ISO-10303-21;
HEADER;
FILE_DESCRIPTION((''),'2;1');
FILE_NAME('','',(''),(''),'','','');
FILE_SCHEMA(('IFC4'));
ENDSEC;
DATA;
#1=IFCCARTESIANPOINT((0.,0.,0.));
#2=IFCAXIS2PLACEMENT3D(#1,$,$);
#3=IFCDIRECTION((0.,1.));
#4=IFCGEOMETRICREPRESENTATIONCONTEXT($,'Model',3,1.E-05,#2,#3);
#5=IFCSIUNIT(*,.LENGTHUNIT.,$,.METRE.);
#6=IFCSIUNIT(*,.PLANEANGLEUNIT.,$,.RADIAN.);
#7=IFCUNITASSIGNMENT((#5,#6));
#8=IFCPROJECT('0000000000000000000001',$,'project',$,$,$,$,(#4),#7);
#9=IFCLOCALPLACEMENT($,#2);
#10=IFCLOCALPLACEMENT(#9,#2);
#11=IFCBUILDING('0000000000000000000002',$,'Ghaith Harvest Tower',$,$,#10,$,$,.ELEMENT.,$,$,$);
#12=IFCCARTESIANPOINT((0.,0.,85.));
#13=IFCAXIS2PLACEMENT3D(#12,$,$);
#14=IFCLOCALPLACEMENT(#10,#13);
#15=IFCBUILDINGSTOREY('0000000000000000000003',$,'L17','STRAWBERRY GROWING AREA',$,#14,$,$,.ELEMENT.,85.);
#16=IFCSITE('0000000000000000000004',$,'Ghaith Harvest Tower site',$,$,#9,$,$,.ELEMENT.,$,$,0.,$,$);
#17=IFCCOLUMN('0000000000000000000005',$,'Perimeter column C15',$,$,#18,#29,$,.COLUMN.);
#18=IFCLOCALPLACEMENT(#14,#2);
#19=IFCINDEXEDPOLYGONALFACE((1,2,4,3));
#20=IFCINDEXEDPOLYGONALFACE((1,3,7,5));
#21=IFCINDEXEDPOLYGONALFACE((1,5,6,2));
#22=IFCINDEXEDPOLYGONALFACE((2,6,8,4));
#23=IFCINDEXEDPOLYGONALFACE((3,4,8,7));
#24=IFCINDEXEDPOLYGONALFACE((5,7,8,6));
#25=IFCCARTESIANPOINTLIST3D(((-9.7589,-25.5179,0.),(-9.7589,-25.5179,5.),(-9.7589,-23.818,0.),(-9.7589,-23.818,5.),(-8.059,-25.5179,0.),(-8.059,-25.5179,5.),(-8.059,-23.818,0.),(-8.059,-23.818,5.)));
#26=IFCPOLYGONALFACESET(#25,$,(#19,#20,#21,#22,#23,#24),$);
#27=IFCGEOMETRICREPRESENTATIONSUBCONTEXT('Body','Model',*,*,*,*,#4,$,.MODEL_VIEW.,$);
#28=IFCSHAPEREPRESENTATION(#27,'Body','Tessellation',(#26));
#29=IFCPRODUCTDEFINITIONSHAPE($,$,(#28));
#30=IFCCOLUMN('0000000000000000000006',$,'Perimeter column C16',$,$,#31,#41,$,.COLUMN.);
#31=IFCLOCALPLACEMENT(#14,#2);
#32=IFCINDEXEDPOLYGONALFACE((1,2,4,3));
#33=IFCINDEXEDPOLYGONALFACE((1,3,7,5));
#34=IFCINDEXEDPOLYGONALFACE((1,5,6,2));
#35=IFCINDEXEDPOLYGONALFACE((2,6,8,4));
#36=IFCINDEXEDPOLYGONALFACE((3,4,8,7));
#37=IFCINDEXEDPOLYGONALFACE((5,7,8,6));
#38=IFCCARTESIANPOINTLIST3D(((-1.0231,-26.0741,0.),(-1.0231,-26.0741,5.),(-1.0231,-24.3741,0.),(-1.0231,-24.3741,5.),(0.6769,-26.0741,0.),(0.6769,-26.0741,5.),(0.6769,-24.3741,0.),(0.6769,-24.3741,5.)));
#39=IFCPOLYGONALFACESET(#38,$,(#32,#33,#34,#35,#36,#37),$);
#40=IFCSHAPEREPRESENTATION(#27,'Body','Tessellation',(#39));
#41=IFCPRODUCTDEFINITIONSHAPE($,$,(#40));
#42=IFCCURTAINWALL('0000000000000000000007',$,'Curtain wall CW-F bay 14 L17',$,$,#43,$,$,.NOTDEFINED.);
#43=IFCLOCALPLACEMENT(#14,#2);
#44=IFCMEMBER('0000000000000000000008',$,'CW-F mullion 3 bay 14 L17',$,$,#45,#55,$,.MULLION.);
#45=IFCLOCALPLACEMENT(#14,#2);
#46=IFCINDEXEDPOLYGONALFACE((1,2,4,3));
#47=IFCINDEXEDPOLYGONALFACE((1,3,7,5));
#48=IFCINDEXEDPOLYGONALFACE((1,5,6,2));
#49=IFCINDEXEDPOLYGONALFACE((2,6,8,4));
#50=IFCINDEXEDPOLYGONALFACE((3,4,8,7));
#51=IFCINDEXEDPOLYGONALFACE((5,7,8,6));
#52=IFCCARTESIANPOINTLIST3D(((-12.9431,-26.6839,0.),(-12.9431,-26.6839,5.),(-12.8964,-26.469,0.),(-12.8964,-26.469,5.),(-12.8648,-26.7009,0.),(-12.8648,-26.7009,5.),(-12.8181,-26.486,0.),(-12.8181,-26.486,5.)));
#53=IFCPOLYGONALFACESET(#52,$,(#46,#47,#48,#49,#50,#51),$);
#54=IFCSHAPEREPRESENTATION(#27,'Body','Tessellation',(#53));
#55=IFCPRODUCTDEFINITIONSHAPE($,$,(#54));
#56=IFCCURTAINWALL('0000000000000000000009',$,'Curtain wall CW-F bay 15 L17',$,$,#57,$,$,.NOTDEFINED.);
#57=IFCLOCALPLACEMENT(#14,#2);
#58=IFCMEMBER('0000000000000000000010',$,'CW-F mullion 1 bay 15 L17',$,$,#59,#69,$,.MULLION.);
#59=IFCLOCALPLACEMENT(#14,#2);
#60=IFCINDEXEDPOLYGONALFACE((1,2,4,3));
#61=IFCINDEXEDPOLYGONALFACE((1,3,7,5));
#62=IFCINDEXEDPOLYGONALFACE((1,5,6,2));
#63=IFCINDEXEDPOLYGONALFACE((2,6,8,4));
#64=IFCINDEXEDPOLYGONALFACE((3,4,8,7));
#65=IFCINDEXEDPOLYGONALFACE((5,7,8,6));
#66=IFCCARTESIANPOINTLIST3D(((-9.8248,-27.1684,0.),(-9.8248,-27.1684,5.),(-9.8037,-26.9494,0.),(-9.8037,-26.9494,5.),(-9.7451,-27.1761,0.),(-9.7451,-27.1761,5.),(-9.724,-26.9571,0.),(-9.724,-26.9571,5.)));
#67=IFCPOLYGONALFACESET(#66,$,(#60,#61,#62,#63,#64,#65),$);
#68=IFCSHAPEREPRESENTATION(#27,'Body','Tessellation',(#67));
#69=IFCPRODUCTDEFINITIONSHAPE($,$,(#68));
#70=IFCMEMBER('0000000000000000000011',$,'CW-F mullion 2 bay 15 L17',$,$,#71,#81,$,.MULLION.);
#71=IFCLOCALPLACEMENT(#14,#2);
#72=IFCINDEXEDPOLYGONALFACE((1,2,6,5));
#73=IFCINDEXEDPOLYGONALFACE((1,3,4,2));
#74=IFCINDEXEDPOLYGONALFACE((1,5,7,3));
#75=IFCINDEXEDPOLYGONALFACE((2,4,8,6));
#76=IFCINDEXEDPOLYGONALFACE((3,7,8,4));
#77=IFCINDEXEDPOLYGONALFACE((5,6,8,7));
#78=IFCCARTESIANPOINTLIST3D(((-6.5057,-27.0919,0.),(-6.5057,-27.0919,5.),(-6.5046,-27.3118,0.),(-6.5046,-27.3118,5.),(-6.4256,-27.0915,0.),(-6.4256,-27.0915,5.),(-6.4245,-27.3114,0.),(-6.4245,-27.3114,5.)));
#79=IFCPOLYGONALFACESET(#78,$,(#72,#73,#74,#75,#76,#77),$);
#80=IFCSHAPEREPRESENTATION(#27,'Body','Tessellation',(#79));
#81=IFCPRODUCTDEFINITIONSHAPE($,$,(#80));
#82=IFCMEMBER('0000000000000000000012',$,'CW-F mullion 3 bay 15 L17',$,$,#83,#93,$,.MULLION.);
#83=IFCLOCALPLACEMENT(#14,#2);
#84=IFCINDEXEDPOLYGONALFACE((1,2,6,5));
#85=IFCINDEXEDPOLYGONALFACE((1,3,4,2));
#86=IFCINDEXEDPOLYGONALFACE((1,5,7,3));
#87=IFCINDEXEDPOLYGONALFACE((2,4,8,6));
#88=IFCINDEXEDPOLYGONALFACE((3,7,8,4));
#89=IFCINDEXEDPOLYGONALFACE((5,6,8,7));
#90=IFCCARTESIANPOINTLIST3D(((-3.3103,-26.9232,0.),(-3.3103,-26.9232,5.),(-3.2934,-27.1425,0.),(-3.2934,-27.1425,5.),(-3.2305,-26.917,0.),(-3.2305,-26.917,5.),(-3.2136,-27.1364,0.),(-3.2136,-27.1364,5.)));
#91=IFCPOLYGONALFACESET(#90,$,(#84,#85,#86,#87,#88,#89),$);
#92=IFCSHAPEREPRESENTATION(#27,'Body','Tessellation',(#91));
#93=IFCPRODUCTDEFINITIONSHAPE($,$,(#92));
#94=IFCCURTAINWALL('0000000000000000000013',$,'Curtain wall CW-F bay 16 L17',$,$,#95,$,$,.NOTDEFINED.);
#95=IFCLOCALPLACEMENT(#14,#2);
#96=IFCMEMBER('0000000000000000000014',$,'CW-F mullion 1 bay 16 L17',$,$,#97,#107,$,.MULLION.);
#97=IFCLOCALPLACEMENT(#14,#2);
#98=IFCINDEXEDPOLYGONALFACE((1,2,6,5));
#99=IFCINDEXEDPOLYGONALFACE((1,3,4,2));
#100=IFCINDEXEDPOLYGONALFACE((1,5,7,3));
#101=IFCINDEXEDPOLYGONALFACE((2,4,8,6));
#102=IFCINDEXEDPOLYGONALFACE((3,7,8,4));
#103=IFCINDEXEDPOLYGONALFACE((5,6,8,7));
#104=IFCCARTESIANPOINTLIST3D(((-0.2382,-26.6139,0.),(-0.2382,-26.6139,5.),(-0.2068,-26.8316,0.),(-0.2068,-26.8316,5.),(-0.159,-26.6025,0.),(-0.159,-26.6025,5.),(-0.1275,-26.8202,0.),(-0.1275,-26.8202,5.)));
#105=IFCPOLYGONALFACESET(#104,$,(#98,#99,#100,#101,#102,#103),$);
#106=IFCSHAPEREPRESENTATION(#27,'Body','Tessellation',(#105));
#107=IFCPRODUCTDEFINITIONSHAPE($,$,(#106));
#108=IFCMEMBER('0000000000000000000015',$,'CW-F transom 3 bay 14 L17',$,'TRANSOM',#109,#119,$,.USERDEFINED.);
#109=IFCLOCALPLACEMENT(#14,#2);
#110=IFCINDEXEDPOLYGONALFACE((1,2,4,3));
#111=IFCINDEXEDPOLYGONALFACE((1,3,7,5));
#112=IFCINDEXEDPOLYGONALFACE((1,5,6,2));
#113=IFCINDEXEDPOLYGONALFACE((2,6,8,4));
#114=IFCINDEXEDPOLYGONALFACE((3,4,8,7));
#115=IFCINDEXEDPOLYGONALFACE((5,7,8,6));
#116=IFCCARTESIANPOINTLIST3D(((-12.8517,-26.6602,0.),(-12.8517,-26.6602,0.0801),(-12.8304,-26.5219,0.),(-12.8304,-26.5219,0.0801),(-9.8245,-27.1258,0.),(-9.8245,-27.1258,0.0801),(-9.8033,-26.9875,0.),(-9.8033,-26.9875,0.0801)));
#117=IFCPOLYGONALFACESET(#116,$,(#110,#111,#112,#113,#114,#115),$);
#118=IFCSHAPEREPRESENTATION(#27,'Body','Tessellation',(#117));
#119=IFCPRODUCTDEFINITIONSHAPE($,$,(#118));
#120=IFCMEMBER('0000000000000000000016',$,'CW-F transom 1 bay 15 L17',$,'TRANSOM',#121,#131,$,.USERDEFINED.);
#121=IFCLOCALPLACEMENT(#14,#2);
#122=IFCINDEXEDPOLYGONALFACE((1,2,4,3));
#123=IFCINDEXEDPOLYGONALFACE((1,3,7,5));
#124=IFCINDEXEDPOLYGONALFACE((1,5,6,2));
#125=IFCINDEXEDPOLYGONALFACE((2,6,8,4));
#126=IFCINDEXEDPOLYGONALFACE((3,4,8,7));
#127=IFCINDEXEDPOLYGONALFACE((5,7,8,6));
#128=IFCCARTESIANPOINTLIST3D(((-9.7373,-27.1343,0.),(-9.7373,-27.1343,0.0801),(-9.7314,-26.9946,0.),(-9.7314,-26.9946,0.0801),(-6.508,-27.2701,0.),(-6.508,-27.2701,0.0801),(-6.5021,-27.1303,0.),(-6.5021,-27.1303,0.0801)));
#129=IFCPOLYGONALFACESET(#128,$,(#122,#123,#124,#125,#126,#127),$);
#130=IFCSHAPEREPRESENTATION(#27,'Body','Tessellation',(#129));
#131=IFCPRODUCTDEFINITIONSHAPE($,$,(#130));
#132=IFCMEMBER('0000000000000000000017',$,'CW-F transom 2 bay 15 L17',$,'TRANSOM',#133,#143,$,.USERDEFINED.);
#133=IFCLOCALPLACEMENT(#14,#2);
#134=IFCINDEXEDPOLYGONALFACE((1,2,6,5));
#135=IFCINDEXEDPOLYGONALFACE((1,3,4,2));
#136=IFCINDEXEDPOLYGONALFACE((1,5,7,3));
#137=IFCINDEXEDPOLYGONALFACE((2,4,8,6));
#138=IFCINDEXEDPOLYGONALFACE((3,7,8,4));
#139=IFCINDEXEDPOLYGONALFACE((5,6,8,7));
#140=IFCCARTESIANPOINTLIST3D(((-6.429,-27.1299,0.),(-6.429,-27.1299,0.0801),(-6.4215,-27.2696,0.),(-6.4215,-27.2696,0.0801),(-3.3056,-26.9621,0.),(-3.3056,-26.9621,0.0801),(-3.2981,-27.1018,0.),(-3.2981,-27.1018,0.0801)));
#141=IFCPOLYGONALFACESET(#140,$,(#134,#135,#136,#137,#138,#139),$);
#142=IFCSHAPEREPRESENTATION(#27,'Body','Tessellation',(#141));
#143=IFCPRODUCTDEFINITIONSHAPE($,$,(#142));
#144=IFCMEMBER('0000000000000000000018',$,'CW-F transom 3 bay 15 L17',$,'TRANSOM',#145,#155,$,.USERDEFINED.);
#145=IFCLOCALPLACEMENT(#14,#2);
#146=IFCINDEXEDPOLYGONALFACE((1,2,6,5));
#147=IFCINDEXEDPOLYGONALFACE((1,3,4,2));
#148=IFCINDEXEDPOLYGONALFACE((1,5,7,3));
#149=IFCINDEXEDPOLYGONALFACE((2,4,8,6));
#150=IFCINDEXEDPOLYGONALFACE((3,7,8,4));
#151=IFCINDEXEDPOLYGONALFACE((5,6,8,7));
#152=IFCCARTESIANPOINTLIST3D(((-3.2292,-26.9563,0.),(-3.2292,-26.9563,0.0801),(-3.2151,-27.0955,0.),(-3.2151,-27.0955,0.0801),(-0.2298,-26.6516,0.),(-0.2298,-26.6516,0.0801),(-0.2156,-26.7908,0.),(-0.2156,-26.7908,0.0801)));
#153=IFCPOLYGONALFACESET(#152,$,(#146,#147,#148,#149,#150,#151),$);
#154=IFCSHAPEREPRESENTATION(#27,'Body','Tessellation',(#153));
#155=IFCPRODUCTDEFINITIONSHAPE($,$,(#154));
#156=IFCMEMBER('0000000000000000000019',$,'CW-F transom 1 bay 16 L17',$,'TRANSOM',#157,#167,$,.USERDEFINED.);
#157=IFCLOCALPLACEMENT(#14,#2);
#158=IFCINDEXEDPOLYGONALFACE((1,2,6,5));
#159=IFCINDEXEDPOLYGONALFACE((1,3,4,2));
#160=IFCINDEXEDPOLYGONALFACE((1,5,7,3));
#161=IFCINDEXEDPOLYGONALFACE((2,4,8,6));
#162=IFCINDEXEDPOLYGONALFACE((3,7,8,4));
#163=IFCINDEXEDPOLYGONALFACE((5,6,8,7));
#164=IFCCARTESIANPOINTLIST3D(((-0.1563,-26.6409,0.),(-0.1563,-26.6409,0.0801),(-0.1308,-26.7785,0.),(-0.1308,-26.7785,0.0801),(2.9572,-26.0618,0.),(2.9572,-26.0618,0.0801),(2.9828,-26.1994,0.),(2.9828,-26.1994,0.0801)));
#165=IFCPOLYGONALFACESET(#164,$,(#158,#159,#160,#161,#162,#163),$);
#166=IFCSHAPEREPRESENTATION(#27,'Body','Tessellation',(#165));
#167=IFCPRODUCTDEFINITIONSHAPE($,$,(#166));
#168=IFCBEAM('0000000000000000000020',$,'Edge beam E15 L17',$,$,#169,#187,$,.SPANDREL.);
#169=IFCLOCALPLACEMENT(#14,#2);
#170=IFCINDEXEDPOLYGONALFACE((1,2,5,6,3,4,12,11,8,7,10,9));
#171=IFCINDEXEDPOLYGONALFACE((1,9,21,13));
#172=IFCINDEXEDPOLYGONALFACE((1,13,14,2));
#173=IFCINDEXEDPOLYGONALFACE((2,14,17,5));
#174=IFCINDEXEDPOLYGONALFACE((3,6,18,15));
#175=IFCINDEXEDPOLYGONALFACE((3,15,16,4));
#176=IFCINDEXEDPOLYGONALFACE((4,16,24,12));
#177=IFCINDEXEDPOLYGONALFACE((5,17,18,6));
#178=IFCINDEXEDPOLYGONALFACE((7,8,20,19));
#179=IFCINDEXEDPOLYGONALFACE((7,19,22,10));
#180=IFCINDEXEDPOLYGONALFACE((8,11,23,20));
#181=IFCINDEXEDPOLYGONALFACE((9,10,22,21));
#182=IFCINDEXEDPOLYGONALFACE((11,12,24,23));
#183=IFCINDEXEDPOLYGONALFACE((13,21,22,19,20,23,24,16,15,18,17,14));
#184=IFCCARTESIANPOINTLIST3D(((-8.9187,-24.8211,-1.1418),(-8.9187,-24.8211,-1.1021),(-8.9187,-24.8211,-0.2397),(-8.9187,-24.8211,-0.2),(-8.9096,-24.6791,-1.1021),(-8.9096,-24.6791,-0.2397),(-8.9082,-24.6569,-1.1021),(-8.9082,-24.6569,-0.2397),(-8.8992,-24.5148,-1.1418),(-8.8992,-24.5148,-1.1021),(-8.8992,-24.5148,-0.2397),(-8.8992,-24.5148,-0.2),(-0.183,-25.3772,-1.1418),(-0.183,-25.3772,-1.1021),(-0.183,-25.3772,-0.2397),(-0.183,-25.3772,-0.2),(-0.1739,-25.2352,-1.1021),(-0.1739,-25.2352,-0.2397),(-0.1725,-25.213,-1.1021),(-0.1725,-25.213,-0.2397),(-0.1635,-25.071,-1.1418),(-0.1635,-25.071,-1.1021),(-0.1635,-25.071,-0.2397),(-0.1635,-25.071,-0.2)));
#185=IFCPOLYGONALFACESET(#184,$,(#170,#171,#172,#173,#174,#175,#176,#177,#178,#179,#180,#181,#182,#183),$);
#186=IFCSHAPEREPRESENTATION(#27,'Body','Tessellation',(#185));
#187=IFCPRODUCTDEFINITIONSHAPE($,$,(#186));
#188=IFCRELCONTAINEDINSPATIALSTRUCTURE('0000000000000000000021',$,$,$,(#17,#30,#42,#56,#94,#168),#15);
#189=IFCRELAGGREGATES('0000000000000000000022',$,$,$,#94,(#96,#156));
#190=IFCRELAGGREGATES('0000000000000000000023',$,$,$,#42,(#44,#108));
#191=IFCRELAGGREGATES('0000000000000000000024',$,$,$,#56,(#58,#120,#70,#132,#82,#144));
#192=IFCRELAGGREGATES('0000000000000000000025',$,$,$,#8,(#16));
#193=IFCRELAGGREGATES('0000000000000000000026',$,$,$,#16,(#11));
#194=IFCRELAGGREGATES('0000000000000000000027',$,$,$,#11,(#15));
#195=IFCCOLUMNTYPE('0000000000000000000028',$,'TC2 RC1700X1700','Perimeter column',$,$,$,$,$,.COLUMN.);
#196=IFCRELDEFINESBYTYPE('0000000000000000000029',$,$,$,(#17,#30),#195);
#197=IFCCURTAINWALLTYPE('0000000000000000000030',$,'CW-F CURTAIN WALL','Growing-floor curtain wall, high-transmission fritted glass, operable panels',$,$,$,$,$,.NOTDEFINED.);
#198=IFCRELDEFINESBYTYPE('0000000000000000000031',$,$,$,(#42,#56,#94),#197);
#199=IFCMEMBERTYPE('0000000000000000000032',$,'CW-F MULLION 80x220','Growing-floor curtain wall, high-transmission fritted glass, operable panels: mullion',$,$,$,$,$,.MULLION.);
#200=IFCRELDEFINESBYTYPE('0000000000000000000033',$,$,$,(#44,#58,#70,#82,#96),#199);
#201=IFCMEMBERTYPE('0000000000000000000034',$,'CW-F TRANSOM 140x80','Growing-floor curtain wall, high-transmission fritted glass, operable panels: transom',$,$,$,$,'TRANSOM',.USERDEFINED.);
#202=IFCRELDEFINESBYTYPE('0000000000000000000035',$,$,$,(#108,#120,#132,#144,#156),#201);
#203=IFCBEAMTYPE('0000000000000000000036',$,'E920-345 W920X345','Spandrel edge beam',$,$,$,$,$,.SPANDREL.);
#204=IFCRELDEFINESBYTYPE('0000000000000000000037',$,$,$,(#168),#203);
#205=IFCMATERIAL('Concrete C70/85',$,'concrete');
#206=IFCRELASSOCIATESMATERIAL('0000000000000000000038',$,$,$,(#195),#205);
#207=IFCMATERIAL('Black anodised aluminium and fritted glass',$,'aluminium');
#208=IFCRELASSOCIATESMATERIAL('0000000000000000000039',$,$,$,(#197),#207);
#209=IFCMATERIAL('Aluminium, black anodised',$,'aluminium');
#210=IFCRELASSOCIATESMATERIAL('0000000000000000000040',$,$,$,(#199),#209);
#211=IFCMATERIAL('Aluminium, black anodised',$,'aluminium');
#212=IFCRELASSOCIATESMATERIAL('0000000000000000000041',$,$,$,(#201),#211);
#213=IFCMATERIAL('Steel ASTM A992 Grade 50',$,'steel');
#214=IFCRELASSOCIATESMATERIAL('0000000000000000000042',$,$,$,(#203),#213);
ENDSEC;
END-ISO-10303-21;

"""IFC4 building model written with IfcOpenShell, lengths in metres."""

from ifc_helpers import new_model, si_unit, direction, frame, origin, origin_2d, place, context, subcontext, project, spatial, rectangle, i_section, extrude, material, material_profile, profile_set, type_object, element, aggregate, save


model = new_model("IFC4")

# Units and contexts
model_context = context("Model", 3, precision=1e-05, world=origin(), true_north=direction((0.0, 1.0)))
body_context = subcontext(model_context, "Body", "Model", "MODEL_VIEW")
ifc_project = project(units=[si_unit("LENGTHUNIT", "METRE"), si_unit("PLANEANGLEUNIT", "RADIAN")], contexts=[model_context])

# Site, building, storey
site_placement = place(None, origin())
site = spatial("IfcSite", under=ifc_project, at=site_placement, Name="Ghaith Harvest Tower site", CompositionType="ELEMENT", RefElevation=0.0)
building_placement = place(site_placement, origin())
building = spatial("IfcBuilding", under=site, at=building_placement, Name="Ghaith Harvest Tower", CompositionType="ELEMENT")
storey_placement = place(building_placement, frame((0.0, 0.0, 85.0)))
storey = spatial("IfcBuildingStorey", under=building, at=storey_placement, Name="L17", Description="STRAWBERRY GROWING AREA", CompositionType="ELEMENT", Elevation=85.0)

# Columns
ifc_material_1 = material(Name="Concrete C70/85", Category="concrete")
ifc_material_profile_1 = material_profile(ifc_material_1, rectangle(XDim=1.7, YDim=1.7, at=origin_2d()), Name="RC1700X1700")
ifc_profile_set_1 = profile_set([ifc_material_profile_1], Name="Concrete C70/85")
column_type = type_object("IfcColumnType", Name="TC2 RC1700X1700", Description="Perimeter column", PredefinedType="COLUMN", material=ifc_profile_set_1)
for number, where, z_axis, x_axis, name in (
    (1, (-8.9089, -24.668, 0.0), (0.0, 0.0, 1.0), (1.0, 0.0, 0.0), "Perimeter column C15"),
    (2, (-0.1731, -25.2241, 0.0), (0.0, 0.0, 1.0), (1.0, 0.0, 0.0), "Perimeter column C16"),
):
    element("IfcColumn", number, at=place(storey_placement, frame(where, z_axis=z_axis, x_axis=x_axis)), inside=storey, type_object=column_type, Name=name, PredefinedType="COLUMN", context=body_context, shape_type="SweptSolid", body=[
        extrude(rectangle(XDim=1.7, YDim=1.7, at=origin_2d()), origin(), (0.0, 0.0, 1.0), 5.0),
    ])

# Curtain wall, member
ifc_material_2 = material(Name="Black anodised aluminium and fritted glass", Category="aluminium")
curtain_wall_type = type_object("IfcCurtainWallType", Name="CW-F CURTAIN WALL", Description="Growing-floor curtain wall, high-transmission fritted glass, operable panels", PredefinedType="NOTDEFINED", material=ifc_material_2)
curtain_wall_1_placement = place(storey_placement, origin())
curtain_wall_1 = element("IfcCurtainWall", 3, at=curtain_wall_1_placement, inside=storey, type_object=curtain_wall_type, Name="Curtain wall CW-F bay 14 L17", PredefinedType="NOTDEFINED")
ifc_material_3 = material(Name="Aluminium, black anodised", Category="aluminium")
ifc_material_profile_2 = material_profile(ifc_material_3, rectangle(XDim=0.0801, YDim=0.22, at=origin_2d()), Name="CW-F MULLION 80x220")
ifc_profile_set_2 = profile_set([ifc_material_profile_2], Name="Aluminium, black anodised")
member_type_1 = type_object("IfcMemberType", Name="CW-F MULLION 80x220", Description="Growing-floor curtain wall, high-transmission fritted glass, operable panels: mullion", PredefinedType="MULLION", material=ifc_profile_set_2)
member_1_placement = place(storey_placement, frame((-12.8806, -26.585, 0.0), z_axis=(0.0, 0.0, 1.0), x_axis=(0.977207, -0.212289, 0.0)))
member_1 = element("IfcMember", 4, at=member_1_placement, type_object=member_type_1, Name="CW-F mullion 3 bay 14 L17", PredefinedType="MULLION", context=body_context, shape_type="SweptSolid", body=[
    extrude(rectangle(XDim=0.0801, YDim=0.22, at=origin_2d()), origin(), (0.0, 0.0, 1.0), 5.0),
])

# Curtain wall, members
curtain_wall_2_placement = place(storey_placement, origin())
curtain_wall_2 = element("IfcCurtainWall", 5, at=curtain_wall_2_placement, inside=storey, type_object=curtain_wall_type, Name="Curtain wall CW-F bay 15 L17", PredefinedType="NOTDEFINED")
member_2_placement = place(storey_placement, frame((-9.7744, -27.0627, 0.0), z_axis=(0.0, 0.0, 1.0), x_axis=(0.995408, -0.095718, 0.0)))
member_2 = element("IfcMember", 6, at=member_2_placement, type_object=member_type_1, Name="CW-F mullion 1 bay 15 L17", PredefinedType="MULLION", context=body_context, shape_type="SweptSolid", body=[
    extrude(rectangle(XDim=0.0801, YDim=0.22, at=origin_2d()), origin(), (0.0, 0.0, 1.0), 5.0),
])
member_3_placement = place(storey_placement, frame((-6.4651, -27.2017, 0.0), z_axis=(0.0, 0.0, 1.0), x_axis=(0.999987, 0.005058, 0.0)))
member_3 = element("IfcMember", 7, at=member_3_placement, type_object=member_type_1, Name="CW-F mullion 2 bay 15 L17", PredefinedType="MULLION", context=body_context, shape_type="SweptSolid", body=[
    extrude(rectangle(XDim=0.0801, YDim=0.22, at=origin_2d()), origin(), (0.0, 0.0, 1.0), 5.0),
])
member_4_placement = place(storey_placement, frame((-3.262, -27.0298, 0.0), z_axis=(0.0, 0.0, 1.0), x_axis=(0.997038, 0.076917, 0.0)))
member_4 = element("IfcMember", 8, at=member_4_placement, type_object=member_type_1, Name="CW-F mullion 3 bay 15 L17", PredefinedType="MULLION", context=body_context, shape_type="SweptSolid", body=[
    extrude(rectangle(XDim=0.0801, YDim=0.22, at=origin_2d()), origin(), (0.0, 0.0, 1.0), 5.0),
])

# Curtain wall, member
curtain_wall_3_placement = place(storey_placement, origin())
curtain_wall_3 = element("IfcCurtainWall", 9, at=curtain_wall_3_placement, inside=storey, type_object=curtain_wall_type, Name="Curtain wall CW-F bay 16 L17", PredefinedType="NOTDEFINED")
member_5_placement = place(storey_placement, frame((-0.1829, -26.717, 0.0), z_axis=(0.0, 0.0, 1.0), x_axis=(0.989712, 0.143075, 0.0)))
member_5 = element("IfcMember", 10, at=member_5_placement, type_object=member_type_1, Name="CW-F mullion 1 bay 16 L17", PredefinedType="MULLION", context=body_context, shape_type="SweptSolid", body=[
    extrude(rectangle(XDim=0.0801, YDim=0.22, at=origin_2d()), origin(), (0.0, 0.0, 1.0), 5.0),
])

# Members
ifc_material_4 = material(Name="Aluminium, black anodised", Category="aluminium")
ifc_material_profile_3 = material_profile(ifc_material_4, rectangle(XDim=0.1399, YDim=0.0801, at=origin_2d()), Name="CW-F TRANSOM 140x80")
ifc_profile_set_3 = profile_set([ifc_material_profile_3], Name="Aluminium, black anodised")
member_type_2 = type_object("IfcMemberType", Name="CW-F TRANSOM 140x80", Description="Growing-floor curtain wall, high-transmission fritted glass, operable panels: transom", ElementType="TRANSOM", PredefinedType="USERDEFINED", material=ifc_profile_set_3)
member_6_placement = place(storey_placement, frame((-12.8411, -26.5911, 0.04), z_axis=(0.988378, -0.152015, 0.0), x_axis=(0.152015, 0.988378, 0.0)))
member_6 = element("IfcMember", 11, at=member_6_placement, type_object=member_type_2, Name="CW-F transom 3 bay 14 L17", ObjectType="TRANSOM", PredefinedType="USERDEFINED", context=body_context, shape_type="SweptSolid", body=[
    extrude(rectangle(XDim=0.1399, YDim=0.0801, at=origin_2d()), origin(), (0.0, 0.0, 1.0), 3.0627),
])
member_7_placement = place(storey_placement, frame((-9.7344, -27.0645, 0.04), z_axis=(0.999118, -0.041998, 0.0), x_axis=(0.041998, 0.999118, 0.0)))
member_7 = element("IfcMember", 12, at=member_7_placement, type_object=member_type_2, Name="CW-F transom 1 bay 15 L17", ObjectType="TRANSOM", PredefinedType="USERDEFINED", context=body_context, shape_type="SweptSolid", body=[
    extrude(rectangle(XDim=0.1399, YDim=0.0801, at=origin_2d()), origin(), (0.0, 0.0, 1.0), 3.2322),
])
member_8_placement = place(storey_placement, frame((-6.4253, -27.1997, 0.04), z_axis=(0.998561, 0.05362, 0.0), x_axis=(-0.05362, 0.998561, 0.0)))
member_8 = element("IfcMember", 13, at=member_8_placement, type_object=member_type_2, Name="CW-F transom 2 bay 15 L17", ObjectType="TRANSOM", PredefinedType="USERDEFINED", context=body_context, shape_type="SweptSolid", body=[
    extrude(rectangle(XDim=0.1399, YDim=0.0801, at=origin_2d()), origin(), (0.0, 0.0, 1.0), 3.1279),
])
member_9_placement = place(storey_placement, frame((-3.2222, -27.0259, 0.04), z_axis=(0.99488, 0.101059, 0.0), x_axis=(-0.101059, 0.99488, 0.0)))
member_9 = element("IfcMember", 14, at=member_9_placement, type_object=member_type_2, Name="CW-F transom 3 bay 15 L17", ObjectType="TRANSOM", PredefinedType="USERDEFINED", context=body_context, shape_type="SweptSolid", body=[
    extrude(rectangle(XDim=0.1399, YDim=0.0801, at=origin_2d()), origin(), (0.0, 0.0, 1.0), 3.0149),
])
member_10_placement = place(storey_placement, frame((-0.1436, -26.7097, 0.04), z_axis=(0.983139, 0.182859, 0.0), x_axis=(-0.182859, 0.983139, 0.0)))
member_10 = element("IfcMember", 15, at=member_10_placement, type_object=member_type_2, Name="CW-F transom 1 bay 16 L17", ObjectType="TRANSOM", PredefinedType="USERDEFINED", context=body_context, shape_type="SweptSolid", body=[
    extrude(rectangle(XDim=0.1399, YDim=0.0801, at=origin_2d()), origin(), (0.0, 0.0, 1.0), 3.167),
])
aggregate(curtain_wall_3, [member_5, member_10])

# Beam
ifc_material_5 = material(Name="Steel ASTM A992 Grade 50", Category="steel")
ifc_material_profile_4 = material_profile(ifc_material_5, i_section(OverallWidth=0.3069, OverallDepth=0.9419, WebThickness=0.0222, FlangeThickness=0.0398, at=origin_2d()), Name="W920X345")
ifc_profile_set_4 = profile_set([ifc_material_profile_4], Name="Steel ASTM A992 Grade 50")
beam_type_1 = type_object("IfcBeamType", Name="E920-345 W920X345", Description="Spandrel edge beam", PredefinedType="SPANDREL", material=ifc_profile_set_4)
beam_1_placement = place(storey_placement, frame((-8.9089, -24.668, -0.6709), z_axis=(0.99798, -0.063535, 0.0), x_axis=(0.063535, 0.99798, 0.0)))
element("IfcBeam", 16, at=beam_1_placement, inside=storey, type_object=beam_type_1, Name="Edge beam E15 L17", PredefinedType="SPANDREL", context=body_context, shape_type="SweptSolid", body=[
    extrude(i_section(OverallWidth=0.3069, OverallDepth=0.9419, WebThickness=0.0222, FlangeThickness=0.0398, at=origin_2d()), origin(), (0.0, 0.0, 1.0), 8.7534),
])

aggregate(curtain_wall_1, [member_1, member_6])
aggregate(curtain_wall_2, [member_2, member_7, member_3, member_8, member_4, member_9])

save(model, "model.ifc")
